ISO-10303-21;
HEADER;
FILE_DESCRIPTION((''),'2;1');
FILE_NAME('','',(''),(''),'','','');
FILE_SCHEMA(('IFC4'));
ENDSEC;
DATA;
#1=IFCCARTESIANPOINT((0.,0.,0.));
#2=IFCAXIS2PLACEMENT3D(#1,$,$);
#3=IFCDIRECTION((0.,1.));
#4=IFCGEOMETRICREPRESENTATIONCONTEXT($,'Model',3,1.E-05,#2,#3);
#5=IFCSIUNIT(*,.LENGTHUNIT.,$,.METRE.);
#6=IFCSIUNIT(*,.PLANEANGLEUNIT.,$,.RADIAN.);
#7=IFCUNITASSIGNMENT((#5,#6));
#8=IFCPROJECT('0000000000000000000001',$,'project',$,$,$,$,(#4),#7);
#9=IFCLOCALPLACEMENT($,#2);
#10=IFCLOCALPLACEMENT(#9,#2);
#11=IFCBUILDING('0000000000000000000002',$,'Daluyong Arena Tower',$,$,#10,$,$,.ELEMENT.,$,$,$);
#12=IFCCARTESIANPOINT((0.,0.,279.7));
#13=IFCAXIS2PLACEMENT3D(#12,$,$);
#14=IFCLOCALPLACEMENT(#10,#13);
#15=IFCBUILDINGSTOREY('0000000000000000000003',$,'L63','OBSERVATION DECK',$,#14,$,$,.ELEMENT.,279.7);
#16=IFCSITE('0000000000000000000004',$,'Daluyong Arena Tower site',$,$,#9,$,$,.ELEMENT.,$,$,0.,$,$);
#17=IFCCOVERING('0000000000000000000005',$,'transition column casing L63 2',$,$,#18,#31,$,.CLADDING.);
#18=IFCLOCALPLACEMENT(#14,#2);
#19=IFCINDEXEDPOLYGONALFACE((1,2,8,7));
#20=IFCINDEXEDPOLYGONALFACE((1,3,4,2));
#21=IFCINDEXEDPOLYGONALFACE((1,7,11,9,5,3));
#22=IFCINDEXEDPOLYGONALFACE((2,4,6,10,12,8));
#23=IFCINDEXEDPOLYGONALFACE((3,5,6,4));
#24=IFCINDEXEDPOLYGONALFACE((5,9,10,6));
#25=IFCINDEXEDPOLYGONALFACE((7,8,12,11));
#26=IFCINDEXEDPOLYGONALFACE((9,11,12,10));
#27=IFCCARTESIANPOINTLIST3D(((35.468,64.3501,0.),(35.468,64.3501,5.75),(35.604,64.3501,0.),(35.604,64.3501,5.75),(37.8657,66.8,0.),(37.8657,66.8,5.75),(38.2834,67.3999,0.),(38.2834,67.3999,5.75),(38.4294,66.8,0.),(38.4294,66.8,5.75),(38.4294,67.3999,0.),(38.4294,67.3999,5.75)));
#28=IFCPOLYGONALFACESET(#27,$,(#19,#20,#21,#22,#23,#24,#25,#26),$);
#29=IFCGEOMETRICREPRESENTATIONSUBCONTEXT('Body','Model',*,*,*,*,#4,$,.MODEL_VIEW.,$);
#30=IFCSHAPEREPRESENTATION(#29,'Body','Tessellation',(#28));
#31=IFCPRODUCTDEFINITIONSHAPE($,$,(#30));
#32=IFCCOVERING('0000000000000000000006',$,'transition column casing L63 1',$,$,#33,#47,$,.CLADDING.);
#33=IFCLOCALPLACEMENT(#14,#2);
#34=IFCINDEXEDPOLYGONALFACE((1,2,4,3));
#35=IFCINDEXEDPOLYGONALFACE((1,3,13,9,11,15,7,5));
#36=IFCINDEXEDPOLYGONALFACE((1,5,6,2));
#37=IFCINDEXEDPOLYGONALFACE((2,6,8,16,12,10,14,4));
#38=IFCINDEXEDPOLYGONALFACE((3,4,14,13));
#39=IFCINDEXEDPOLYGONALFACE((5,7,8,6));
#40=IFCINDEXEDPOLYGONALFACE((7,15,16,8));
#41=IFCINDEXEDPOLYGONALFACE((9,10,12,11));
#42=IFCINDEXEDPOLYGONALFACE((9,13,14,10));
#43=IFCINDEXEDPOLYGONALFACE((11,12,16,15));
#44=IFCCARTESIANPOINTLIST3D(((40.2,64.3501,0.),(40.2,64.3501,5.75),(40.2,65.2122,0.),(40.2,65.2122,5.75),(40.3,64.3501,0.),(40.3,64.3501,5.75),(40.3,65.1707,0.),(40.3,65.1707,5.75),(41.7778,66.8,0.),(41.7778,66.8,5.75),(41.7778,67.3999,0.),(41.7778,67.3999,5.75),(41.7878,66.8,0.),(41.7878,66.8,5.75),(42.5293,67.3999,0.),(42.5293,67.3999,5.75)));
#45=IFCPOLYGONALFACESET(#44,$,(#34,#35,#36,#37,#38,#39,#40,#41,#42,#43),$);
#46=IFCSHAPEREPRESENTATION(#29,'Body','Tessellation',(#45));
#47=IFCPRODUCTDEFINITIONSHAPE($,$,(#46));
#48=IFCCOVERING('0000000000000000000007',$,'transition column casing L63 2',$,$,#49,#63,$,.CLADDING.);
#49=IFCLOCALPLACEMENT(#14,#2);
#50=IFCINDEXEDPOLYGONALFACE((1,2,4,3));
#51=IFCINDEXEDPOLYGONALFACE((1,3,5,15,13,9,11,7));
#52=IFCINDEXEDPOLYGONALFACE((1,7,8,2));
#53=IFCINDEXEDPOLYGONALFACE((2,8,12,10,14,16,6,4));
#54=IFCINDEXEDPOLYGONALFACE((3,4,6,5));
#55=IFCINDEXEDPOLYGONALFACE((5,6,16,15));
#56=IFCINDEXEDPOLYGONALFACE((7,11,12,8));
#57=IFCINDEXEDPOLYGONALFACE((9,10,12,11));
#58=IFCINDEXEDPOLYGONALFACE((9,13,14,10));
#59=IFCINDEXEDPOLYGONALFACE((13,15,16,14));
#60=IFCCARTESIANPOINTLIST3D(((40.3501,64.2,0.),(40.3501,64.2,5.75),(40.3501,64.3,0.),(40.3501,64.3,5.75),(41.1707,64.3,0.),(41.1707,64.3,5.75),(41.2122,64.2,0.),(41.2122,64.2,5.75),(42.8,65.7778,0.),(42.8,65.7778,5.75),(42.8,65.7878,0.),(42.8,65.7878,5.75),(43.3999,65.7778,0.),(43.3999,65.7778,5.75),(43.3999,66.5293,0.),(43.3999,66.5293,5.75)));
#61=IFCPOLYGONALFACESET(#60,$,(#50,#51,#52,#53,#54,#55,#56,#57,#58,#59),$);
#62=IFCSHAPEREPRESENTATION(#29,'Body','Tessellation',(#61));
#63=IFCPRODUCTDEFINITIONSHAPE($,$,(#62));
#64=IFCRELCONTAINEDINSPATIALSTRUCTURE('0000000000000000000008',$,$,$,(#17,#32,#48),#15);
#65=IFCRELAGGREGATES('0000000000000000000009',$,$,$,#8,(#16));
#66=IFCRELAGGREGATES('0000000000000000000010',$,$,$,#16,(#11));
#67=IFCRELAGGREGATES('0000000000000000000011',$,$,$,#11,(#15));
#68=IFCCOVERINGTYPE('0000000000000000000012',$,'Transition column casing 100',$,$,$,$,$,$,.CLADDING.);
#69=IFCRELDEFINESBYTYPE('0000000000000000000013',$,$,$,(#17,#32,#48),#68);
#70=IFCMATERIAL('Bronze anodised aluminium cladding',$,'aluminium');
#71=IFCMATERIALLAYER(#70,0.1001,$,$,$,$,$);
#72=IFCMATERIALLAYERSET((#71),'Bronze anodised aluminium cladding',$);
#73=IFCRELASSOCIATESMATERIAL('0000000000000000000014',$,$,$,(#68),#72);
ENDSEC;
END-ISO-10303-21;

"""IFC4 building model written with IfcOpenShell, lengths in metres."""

from ifc_helpers import new_model, si_unit, direction, frame, origin, place, context, subcontext, project, spatial, polyline, outline, extrude, material, layer, layer_set, type_object, element, save


model = new_model("IFC4")

# Units and contexts
model_context = context("Model", 3, precision=1e-05, world=origin(), true_north=direction((0.0, 1.0)))
body_context = subcontext(model_context, "Body", "Model", "MODEL_VIEW")
ifc_project = project(units=[si_unit("LENGTHUNIT", "METRE"), si_unit("PLANEANGLEUNIT", "RADIAN")], contexts=[model_context])

# Site, building, storey
site_placement = place(None, origin())
site = spatial("IfcSite", under=ifc_project, at=site_placement, Name="Daluyong Arena Tower site", CompositionType="ELEMENT", RefElevation=0.0)
building_placement = place(site_placement, origin())
building = spatial("IfcBuilding", under=site, at=building_placement, Name="Daluyong Arena Tower", CompositionType="ELEMENT")
storey_placement = place(building_placement, frame((0.0, 0.0, 279.7)))
storey = spatial("IfcBuildingStorey", under=building, at=storey_placement, Name="L63", Description="OBSERVATION DECK", CompositionType="ELEMENT", Elevation=279.7)

# Coverings
ifc_material_1 = material(Name="Bronze anodised aluminium cladding", Category="aluminium")
ifc_layer_1 = layer(ifc_material_1, 0.1001)
ifc_layer_set_1 = layer_set([ifc_layer_1], Name="Bronze anodised aluminium cladding")
covering_type_1 = type_object("IfcCoveringType", Name="Transition column casing 100", PredefinedType="CLADDING", material=ifc_layer_set_1)
covering_1_placement = place(storey_placement, origin())
element("IfcCovering", 1, at=covering_1_placement, inside=storey, type_object=covering_type_1, Name="transition column casing L63 2", PredefinedType="CLADDING", context=body_context, shape_type="SweptSolid", body=[
    extrude(outline(polyline([(38.2834, 67.3999), (38.4294, 67.3999), (38.4294, 66.8), (37.8657, 66.8), (35.604, 64.3501), (35.468, 64.3501), (38.2834, 67.3999)])), origin(), (0.0, 0.0, 1.0), 5.75),
])
covering_2_placement = place(storey_placement, origin())
element("IfcCovering", 2, at=covering_2_placement, inside=storey, type_object=covering_type_1, Name="transition column casing L63 1", PredefinedType="CLADDING", context=body_context, shape_type="SweptSolid", body=[
    extrude(outline(polyline([(41.7778, 66.8), (41.7778, 67.3999), (42.5293, 67.3999), (40.3, 65.1707), (40.3, 64.3501), (40.2, 64.3501), (40.2, 65.2122), (41.7878, 66.8), (41.7778, 66.8)])), origin(), (0.0, 0.0, 1.0), 5.75),
])
covering_3_placement = place(storey_placement, origin())
element("IfcCovering", 3, at=covering_3_placement, inside=storey, type_object=covering_type_1, Name="transition column casing L63 2", PredefinedType="CLADDING", context=body_context, shape_type="SweptSolid", body=[
    extrude(outline(polyline([(41.1707, 64.3), (43.3999, 66.5293), (43.3999, 65.7778), (42.8, 65.7778), (42.8, 65.7878), (41.2122, 64.2), (40.3501, 64.2), (40.3501, 64.3), (41.1707, 64.3)])), origin(), (0.0, 0.0, 1.0), 5.75),
])

save(model, "model.ifc")
